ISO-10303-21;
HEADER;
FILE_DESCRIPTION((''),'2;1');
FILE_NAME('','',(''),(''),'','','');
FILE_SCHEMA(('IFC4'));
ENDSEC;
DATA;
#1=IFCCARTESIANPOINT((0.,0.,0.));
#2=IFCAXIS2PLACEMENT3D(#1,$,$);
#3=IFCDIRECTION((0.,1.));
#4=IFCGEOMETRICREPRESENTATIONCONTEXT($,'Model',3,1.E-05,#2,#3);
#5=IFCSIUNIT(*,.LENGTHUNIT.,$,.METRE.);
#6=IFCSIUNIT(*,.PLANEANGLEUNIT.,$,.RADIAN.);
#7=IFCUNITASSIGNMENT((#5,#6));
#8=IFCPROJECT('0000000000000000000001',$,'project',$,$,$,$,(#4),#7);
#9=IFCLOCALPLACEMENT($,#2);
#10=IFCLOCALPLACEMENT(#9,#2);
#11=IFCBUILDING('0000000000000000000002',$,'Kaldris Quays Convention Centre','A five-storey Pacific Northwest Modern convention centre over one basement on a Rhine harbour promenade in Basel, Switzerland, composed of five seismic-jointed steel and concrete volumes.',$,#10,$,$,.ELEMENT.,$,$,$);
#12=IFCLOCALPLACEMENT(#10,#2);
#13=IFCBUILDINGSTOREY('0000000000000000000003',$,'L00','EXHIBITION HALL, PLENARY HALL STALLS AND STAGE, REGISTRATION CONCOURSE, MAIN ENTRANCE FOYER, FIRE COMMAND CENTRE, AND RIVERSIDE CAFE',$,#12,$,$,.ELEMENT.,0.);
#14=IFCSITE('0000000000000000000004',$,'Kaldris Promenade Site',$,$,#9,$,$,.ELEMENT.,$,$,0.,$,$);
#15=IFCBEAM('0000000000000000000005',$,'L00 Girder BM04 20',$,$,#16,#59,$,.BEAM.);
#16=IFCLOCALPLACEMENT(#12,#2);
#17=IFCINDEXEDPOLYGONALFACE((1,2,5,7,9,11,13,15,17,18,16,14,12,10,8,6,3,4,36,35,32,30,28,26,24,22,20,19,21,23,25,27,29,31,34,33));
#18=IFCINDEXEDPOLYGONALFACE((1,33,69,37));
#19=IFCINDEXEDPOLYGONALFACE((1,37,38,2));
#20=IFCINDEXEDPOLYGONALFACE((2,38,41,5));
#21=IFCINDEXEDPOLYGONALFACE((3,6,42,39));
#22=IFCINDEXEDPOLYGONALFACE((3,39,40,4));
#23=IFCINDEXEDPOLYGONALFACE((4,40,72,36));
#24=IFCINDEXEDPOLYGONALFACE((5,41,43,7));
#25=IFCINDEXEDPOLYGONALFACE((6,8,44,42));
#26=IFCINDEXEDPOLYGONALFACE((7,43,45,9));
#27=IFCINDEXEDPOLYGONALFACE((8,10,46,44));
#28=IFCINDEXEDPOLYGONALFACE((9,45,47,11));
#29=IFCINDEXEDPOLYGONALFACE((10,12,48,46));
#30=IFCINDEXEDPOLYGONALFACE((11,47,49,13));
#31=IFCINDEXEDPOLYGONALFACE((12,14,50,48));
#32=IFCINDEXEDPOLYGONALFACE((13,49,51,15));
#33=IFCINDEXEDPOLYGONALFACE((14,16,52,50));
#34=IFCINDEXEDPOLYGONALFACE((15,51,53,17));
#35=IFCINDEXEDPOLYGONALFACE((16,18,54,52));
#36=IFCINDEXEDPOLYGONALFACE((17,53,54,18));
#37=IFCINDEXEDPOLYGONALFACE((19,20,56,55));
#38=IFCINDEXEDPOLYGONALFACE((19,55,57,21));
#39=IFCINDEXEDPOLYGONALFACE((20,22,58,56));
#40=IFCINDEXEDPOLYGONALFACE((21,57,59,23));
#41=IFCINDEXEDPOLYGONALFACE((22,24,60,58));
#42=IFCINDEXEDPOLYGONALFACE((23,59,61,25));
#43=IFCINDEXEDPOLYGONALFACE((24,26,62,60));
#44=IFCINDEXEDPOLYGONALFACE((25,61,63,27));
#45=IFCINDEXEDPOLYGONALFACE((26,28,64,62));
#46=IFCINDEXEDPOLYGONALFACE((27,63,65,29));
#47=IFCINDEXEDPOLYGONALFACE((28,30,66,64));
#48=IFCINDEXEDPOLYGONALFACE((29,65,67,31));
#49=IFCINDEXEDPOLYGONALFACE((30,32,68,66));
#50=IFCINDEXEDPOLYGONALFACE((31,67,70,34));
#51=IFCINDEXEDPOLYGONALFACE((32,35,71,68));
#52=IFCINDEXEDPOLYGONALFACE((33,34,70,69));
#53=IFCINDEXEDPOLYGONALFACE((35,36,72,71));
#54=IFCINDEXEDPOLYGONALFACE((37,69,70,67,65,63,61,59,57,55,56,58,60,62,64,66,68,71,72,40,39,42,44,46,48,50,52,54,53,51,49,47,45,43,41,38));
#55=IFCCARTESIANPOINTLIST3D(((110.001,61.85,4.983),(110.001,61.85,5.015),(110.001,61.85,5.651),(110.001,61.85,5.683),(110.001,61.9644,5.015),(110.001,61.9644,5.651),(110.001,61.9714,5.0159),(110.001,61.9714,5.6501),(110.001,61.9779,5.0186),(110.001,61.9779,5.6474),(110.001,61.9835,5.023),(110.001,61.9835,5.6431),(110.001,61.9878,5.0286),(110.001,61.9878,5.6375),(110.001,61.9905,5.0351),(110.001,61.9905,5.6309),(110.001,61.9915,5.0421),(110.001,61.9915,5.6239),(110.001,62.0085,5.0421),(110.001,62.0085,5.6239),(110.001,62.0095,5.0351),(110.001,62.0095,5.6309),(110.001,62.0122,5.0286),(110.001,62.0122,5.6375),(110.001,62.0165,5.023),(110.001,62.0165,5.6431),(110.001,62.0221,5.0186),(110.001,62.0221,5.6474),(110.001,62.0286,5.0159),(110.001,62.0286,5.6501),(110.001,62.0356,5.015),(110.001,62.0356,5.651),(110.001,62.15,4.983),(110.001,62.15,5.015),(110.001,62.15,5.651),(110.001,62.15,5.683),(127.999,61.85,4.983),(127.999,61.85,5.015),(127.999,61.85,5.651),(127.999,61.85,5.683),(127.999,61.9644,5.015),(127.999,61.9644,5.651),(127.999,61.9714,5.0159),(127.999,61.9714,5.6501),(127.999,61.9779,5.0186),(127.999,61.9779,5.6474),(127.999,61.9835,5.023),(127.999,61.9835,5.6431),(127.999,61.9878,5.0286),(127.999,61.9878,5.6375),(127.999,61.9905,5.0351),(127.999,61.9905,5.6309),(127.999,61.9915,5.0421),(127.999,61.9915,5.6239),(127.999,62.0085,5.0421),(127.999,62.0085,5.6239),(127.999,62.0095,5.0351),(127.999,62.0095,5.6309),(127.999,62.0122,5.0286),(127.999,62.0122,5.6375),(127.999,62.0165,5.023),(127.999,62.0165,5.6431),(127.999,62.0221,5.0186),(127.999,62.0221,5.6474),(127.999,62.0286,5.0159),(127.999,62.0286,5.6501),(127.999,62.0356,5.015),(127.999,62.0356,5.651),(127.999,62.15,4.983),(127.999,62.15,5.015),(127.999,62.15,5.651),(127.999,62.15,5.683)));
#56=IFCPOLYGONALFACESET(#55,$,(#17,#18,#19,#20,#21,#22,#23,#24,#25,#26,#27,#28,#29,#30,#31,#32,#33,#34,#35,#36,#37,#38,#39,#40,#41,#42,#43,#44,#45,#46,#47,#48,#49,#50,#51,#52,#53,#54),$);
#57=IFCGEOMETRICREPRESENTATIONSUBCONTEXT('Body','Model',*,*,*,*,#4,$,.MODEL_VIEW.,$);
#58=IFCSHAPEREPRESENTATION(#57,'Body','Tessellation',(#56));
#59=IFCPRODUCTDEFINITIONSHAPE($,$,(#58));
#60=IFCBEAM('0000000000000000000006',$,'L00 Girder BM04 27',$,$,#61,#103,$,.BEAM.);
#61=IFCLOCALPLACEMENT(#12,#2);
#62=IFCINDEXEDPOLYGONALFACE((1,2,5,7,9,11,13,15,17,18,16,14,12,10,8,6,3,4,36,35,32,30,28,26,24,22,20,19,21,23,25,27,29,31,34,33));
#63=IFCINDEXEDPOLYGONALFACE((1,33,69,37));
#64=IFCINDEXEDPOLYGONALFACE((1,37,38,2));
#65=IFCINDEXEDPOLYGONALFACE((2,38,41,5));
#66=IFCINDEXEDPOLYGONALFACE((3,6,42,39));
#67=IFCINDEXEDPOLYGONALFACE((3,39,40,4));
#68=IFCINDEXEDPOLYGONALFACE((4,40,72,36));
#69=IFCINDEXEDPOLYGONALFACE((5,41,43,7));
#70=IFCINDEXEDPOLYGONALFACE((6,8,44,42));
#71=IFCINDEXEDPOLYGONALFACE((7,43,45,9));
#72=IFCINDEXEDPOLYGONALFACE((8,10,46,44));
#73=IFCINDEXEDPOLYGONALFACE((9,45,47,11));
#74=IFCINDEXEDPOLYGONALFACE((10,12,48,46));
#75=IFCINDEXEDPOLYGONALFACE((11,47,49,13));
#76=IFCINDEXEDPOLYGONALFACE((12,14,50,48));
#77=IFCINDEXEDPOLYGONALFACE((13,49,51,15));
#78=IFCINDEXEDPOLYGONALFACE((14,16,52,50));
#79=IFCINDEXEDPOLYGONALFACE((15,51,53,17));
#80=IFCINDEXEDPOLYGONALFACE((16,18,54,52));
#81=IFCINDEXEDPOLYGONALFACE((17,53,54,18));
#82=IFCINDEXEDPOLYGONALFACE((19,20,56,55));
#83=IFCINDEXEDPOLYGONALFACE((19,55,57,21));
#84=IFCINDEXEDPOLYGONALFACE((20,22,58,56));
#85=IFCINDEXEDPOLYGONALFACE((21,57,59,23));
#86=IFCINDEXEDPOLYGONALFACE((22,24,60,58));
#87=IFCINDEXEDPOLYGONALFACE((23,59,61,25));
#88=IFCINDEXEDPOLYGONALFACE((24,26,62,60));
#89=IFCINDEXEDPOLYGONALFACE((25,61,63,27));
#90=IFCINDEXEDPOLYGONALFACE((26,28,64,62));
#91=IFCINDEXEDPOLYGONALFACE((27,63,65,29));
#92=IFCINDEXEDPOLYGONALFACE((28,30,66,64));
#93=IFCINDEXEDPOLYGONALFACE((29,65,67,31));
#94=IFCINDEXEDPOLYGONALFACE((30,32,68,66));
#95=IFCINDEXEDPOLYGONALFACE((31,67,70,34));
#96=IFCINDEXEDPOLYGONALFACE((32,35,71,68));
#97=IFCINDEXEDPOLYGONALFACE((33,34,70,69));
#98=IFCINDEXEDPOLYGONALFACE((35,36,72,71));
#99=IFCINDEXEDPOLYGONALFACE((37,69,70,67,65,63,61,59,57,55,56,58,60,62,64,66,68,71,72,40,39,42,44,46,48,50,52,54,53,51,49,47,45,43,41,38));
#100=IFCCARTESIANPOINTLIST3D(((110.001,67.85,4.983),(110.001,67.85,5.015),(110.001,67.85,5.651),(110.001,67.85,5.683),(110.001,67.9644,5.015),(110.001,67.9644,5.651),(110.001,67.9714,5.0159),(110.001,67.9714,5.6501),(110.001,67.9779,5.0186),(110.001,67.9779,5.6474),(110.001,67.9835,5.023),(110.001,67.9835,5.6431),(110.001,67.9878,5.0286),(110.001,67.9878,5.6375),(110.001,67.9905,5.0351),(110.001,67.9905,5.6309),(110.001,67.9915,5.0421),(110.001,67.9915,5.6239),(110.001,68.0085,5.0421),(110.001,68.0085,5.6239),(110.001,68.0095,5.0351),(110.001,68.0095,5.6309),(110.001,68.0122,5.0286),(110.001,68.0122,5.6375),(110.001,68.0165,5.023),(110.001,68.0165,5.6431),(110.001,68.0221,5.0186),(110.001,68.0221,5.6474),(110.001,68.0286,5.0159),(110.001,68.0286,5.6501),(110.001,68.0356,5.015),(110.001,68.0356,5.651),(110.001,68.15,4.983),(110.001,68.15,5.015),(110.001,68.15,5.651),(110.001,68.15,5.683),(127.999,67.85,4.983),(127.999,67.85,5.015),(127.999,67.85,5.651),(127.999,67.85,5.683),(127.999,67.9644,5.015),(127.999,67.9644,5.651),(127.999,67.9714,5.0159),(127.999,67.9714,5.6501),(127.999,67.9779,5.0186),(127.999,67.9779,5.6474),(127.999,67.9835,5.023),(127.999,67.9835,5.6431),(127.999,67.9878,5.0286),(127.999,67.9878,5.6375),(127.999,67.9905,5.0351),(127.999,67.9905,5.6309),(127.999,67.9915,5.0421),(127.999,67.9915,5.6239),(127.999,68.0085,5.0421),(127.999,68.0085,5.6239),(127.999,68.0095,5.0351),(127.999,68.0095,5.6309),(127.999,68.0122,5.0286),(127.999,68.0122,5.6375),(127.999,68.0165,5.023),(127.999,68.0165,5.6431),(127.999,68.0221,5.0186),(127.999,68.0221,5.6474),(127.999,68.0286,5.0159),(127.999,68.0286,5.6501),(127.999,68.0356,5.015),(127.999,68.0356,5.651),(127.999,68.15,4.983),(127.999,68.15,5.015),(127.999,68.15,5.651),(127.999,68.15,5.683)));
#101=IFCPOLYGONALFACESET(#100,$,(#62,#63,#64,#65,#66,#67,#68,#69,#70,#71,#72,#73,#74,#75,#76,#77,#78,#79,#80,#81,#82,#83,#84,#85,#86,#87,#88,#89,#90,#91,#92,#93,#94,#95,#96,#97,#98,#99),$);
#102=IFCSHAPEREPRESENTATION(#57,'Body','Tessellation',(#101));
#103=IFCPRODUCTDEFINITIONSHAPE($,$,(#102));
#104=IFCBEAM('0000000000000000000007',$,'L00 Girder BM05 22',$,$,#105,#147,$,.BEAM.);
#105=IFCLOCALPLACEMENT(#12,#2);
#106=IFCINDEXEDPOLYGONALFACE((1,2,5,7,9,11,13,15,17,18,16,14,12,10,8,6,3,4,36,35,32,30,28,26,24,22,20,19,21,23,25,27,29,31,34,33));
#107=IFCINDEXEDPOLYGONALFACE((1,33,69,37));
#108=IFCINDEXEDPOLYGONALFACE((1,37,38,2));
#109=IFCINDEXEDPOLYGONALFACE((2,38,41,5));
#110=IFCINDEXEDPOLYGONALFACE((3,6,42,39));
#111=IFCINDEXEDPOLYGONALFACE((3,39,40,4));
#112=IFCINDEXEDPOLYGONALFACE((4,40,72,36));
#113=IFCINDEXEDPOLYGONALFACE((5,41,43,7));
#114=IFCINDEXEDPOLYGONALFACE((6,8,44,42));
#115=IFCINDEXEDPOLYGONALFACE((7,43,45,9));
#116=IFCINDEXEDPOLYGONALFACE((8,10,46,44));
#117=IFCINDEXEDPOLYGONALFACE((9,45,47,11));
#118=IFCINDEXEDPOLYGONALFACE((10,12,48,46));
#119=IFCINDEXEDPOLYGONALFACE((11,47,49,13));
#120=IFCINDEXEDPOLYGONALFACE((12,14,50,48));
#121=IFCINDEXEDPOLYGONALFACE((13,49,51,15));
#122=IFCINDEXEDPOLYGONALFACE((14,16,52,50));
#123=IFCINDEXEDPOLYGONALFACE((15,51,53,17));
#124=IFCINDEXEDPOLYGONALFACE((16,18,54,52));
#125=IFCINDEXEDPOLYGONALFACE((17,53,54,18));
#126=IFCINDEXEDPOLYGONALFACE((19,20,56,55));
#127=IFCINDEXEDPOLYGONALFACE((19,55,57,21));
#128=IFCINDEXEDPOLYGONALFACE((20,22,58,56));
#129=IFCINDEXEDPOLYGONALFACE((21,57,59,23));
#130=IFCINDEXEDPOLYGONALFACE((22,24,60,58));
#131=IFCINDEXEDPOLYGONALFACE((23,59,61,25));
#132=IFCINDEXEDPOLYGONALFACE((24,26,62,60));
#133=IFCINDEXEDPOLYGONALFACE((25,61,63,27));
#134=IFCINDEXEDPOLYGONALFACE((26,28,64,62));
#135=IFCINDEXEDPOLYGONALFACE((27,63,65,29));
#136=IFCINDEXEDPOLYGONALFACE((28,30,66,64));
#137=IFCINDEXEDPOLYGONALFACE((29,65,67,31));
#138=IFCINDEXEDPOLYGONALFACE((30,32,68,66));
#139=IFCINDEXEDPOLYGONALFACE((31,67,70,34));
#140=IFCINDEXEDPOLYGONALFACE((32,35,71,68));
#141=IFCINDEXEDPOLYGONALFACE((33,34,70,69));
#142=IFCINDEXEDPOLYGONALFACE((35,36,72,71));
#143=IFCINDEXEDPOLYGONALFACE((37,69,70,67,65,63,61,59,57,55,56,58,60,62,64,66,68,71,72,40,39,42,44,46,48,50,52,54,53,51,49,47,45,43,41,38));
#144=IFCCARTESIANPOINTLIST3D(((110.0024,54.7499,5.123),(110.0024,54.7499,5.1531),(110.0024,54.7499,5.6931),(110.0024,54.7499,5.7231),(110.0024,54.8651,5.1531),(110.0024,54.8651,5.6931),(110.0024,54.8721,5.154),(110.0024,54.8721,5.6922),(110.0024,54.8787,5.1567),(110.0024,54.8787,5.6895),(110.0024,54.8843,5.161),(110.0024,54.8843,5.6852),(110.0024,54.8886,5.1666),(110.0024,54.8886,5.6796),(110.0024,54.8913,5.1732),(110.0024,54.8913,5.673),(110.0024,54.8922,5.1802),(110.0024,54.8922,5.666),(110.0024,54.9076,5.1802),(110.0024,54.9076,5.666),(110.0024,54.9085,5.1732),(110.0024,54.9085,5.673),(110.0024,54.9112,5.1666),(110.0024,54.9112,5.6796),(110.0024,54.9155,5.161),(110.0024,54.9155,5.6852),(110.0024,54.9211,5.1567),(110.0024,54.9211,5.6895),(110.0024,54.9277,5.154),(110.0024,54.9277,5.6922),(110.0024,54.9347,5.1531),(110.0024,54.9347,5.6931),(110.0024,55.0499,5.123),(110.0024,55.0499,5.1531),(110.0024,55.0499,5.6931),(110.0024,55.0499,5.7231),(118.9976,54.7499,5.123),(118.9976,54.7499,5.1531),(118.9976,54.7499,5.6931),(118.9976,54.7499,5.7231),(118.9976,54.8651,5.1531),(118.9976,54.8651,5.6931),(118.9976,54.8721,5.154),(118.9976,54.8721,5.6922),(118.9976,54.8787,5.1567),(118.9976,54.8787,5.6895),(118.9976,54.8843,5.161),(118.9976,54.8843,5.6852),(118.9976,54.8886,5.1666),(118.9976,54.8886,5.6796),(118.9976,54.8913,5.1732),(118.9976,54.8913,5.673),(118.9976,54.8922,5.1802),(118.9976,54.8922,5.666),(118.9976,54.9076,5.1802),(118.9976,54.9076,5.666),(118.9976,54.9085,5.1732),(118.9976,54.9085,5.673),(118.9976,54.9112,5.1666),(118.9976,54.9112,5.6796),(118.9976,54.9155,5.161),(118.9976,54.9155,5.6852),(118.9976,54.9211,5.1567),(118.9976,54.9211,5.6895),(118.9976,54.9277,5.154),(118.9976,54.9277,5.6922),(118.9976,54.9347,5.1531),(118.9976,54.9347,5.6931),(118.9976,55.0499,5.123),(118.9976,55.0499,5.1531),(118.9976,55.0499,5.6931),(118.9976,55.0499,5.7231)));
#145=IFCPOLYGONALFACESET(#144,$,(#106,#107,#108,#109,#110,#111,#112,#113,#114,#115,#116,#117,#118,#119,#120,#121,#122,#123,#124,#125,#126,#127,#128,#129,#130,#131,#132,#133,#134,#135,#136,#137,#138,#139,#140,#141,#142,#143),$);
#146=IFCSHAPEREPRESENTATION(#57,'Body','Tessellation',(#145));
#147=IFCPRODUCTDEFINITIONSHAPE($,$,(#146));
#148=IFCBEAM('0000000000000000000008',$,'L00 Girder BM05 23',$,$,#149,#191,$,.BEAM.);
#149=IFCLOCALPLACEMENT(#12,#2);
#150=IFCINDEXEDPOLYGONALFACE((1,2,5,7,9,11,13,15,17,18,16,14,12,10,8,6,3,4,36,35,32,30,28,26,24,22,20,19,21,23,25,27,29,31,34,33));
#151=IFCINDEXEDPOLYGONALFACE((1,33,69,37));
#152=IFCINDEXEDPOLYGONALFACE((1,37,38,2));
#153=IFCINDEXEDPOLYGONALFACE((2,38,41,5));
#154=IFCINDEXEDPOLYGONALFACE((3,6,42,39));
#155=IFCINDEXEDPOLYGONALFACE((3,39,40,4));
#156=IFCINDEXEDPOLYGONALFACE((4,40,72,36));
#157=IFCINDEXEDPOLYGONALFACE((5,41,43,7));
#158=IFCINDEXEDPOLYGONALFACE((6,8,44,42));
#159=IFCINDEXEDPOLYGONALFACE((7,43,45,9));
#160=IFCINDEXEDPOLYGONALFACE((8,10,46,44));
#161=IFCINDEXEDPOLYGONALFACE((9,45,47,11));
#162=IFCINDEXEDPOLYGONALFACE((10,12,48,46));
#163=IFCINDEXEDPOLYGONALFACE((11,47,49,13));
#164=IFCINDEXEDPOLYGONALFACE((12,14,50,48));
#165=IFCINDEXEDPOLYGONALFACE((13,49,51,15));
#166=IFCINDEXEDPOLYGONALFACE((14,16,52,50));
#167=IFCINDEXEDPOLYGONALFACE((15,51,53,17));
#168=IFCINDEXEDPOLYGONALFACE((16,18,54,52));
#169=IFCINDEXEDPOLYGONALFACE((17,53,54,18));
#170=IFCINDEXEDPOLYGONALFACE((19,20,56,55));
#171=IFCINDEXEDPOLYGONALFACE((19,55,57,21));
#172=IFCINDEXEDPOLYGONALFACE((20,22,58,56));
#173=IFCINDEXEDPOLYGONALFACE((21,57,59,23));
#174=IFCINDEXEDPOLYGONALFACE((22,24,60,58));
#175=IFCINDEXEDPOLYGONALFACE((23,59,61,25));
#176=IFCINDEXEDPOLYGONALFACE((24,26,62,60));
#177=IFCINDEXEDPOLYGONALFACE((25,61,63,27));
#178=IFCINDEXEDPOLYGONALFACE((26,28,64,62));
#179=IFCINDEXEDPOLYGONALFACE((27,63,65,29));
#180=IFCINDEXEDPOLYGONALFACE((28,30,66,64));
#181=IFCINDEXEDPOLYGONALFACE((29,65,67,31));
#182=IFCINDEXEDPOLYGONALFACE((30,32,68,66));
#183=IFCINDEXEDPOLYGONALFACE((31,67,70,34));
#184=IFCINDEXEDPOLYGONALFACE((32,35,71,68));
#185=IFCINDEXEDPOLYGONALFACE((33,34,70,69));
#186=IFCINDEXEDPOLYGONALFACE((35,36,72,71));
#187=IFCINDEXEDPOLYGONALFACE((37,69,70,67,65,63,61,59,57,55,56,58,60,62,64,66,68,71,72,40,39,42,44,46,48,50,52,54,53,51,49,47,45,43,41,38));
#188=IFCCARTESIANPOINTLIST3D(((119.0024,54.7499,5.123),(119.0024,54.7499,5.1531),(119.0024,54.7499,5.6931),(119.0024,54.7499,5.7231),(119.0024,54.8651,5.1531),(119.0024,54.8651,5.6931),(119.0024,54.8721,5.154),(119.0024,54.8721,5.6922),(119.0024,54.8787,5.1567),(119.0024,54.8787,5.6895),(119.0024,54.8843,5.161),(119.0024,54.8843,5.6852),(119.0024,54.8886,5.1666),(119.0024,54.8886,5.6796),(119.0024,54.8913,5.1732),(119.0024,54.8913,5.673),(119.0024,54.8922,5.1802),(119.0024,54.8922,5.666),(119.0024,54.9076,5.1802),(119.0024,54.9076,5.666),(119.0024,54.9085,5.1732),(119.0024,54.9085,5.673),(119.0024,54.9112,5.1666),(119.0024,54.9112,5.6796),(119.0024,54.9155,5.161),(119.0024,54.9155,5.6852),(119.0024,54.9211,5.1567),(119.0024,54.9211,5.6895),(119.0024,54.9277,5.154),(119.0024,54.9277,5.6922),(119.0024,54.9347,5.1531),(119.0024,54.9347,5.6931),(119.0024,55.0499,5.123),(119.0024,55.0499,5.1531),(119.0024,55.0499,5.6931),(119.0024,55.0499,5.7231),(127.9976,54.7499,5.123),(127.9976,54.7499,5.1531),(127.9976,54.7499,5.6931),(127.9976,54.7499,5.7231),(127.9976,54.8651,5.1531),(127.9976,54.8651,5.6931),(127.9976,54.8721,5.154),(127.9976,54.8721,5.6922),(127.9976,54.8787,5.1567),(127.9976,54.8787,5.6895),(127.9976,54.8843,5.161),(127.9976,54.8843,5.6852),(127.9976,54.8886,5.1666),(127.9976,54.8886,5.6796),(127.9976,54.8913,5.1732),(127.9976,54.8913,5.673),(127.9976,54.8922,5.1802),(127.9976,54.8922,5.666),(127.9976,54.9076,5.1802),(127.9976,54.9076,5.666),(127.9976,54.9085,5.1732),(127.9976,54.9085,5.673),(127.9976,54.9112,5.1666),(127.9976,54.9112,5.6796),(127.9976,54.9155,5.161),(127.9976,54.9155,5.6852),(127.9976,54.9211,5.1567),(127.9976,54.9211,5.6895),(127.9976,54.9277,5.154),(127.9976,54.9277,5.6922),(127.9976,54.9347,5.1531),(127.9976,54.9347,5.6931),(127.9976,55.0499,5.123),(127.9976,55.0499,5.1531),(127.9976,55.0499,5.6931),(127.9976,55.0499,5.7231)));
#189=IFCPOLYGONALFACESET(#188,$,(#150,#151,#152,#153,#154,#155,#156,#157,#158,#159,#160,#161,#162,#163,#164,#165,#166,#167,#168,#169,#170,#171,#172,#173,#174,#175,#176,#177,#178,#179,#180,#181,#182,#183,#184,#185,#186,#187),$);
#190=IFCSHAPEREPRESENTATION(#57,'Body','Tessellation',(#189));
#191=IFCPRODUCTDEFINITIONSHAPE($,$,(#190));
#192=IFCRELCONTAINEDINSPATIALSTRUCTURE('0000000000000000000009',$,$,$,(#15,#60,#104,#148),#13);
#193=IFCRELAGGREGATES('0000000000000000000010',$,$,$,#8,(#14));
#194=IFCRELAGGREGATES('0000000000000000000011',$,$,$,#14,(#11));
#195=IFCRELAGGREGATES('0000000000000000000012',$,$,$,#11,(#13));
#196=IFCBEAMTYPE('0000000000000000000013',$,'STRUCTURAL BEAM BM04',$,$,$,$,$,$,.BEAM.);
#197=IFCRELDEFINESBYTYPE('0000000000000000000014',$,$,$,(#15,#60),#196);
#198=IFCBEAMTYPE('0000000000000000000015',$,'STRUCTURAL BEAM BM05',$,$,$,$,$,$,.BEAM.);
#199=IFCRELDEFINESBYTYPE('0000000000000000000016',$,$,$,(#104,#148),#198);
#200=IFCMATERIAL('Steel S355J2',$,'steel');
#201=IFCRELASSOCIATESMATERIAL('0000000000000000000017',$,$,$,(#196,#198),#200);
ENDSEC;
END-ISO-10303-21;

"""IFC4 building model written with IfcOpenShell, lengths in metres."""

from ifc_helpers import new_model, si_unit, direction, frame, origin, origin_2d, place, context, subcontext, project, spatial, i_section, extrude, material, material_profile, profile_set, type_object, element, save


model = new_model("IFC4")

# Units and contexts
model_context = context("Model", 3, precision=1e-05, world=origin(), true_north=direction((0.0, 1.0)))
body_context = subcontext(model_context, "Body", "Model", "MODEL_VIEW")
ifc_project = project(units=[si_unit("LENGTHUNIT", "METRE"), si_unit("PLANEANGLEUNIT", "RADIAN")], contexts=[model_context])

# Site, building, storey
site_placement = place(None, origin())
site = spatial("IfcSite", under=ifc_project, at=site_placement, Name="Kaldris Promenade Site", CompositionType="ELEMENT", RefElevation=0.0)
building_placement = place(site_placement, origin())
building = spatial("IfcBuilding", under=site, at=building_placement, Name="Kaldris Quays Convention Centre", Description="A five-storey Pacific Northwest Modern convention centre over one basement on a Rhine harbour promenade in Basel, Switzerland, composed of five seismic-jointed steel and concrete volumes.", CompositionType="ELEMENT")
storey_placement = place(building_placement, origin())
storey = spatial("IfcBuildingStorey", under=building, at=storey_placement, Name="L00", Description="EXHIBITION HALL, PLENARY HALL STALLS AND STAGE, REGISTRATION CONCOURSE, MAIN ENTRANCE FOYER, FIRE COMMAND CENTRE, AND RIVERSIDE CAFE", CompositionType="ELEMENT", Elevation=0.0)

# Shared definitions
ifc_material_1 = material(Name="Steel S355J2", Category="steel")

# Beams
ifc_material_profile_1 = material_profile(ifc_material_1, i_section(OverallWidth=0.3, OverallDepth=0.7, WebThickness=0.0171, FlangeThickness=0.032, FilletRadius=0.0271, at=origin_2d()), Name="HEB 700")
ifc_profile_set_1 = profile_set([ifc_material_profile_1], Name="Steel S355J2")
beam_type_1 = type_object("IfcBeamType", Name="STRUCTURAL BEAM BM04", PredefinedType="BEAM", material=ifc_profile_set_1)
for number, where, z_axis, x_axis, name in (
    (1, (110.001, 62.0, 5.333), (1.0, 0.0, 0.0), (0.0, 1.0, 0.0), "L00 Girder BM04 20"),
    (2, (110.001, 68.0, 5.333), (1.0, 0.0, 0.0), (0.0, 1.0, 0.0), "L00 Girder BM04 27"),
):
    element("IfcBeam", number, at=place(storey_placement, frame(where, z_axis=z_axis, x_axis=x_axis)), inside=storey, type_object=beam_type_1, Name=name, PredefinedType="BEAM", context=body_context, shape_type="SweptSolid", body=[
        extrude(i_section(OverallWidth=0.3, OverallDepth=0.7, WebThickness=0.0171, FlangeThickness=0.032, FilletRadius=0.0271, at=origin_2d()), origin(), (0.0, 0.0, 1.0), 17.998),
    ])
ifc_material_profile_2 = material_profile(ifc_material_1, i_section(OverallWidth=0.3, OverallDepth=0.6001, WebThickness=0.0154, FlangeThickness=0.03, FilletRadius=0.0271, at=origin_2d()), Name="HEB 600")
ifc_profile_set_2 = profile_set([ifc_material_profile_2], Name="Steel S355J2")
beam_type_2 = type_object("IfcBeamType", Name="STRUCTURAL BEAM BM05", PredefinedType="BEAM", material=ifc_profile_set_2)
for number, where, z_axis, x_axis, name in (
    (3, (110.0024, 54.8999, 5.4231), (1.0, 0.0, 0.0), (0.0, 1.0, 0.0), "L00 Girder BM05 22"),
    (4, (119.0024, 54.8999, 5.4231), (1.0, 0.0, 0.0), (0.0, 1.0, 0.0), "L00 Girder BM05 23"),
):
    element("IfcBeam", number, at=place(storey_placement, frame(where, z_axis=z_axis, x_axis=x_axis)), inside=storey, type_object=beam_type_2, Name=name, PredefinedType="BEAM", context=body_context, shape_type="SweptSolid", body=[
        extrude(i_section(OverallWidth=0.3, OverallDepth=0.6001, WebThickness=0.0154, FlangeThickness=0.03, FilletRadius=0.0271, at=origin_2d()), origin(), (0.0, 0.0, 1.0), 8.9951),
    ])

save(model, "model.ifc")
